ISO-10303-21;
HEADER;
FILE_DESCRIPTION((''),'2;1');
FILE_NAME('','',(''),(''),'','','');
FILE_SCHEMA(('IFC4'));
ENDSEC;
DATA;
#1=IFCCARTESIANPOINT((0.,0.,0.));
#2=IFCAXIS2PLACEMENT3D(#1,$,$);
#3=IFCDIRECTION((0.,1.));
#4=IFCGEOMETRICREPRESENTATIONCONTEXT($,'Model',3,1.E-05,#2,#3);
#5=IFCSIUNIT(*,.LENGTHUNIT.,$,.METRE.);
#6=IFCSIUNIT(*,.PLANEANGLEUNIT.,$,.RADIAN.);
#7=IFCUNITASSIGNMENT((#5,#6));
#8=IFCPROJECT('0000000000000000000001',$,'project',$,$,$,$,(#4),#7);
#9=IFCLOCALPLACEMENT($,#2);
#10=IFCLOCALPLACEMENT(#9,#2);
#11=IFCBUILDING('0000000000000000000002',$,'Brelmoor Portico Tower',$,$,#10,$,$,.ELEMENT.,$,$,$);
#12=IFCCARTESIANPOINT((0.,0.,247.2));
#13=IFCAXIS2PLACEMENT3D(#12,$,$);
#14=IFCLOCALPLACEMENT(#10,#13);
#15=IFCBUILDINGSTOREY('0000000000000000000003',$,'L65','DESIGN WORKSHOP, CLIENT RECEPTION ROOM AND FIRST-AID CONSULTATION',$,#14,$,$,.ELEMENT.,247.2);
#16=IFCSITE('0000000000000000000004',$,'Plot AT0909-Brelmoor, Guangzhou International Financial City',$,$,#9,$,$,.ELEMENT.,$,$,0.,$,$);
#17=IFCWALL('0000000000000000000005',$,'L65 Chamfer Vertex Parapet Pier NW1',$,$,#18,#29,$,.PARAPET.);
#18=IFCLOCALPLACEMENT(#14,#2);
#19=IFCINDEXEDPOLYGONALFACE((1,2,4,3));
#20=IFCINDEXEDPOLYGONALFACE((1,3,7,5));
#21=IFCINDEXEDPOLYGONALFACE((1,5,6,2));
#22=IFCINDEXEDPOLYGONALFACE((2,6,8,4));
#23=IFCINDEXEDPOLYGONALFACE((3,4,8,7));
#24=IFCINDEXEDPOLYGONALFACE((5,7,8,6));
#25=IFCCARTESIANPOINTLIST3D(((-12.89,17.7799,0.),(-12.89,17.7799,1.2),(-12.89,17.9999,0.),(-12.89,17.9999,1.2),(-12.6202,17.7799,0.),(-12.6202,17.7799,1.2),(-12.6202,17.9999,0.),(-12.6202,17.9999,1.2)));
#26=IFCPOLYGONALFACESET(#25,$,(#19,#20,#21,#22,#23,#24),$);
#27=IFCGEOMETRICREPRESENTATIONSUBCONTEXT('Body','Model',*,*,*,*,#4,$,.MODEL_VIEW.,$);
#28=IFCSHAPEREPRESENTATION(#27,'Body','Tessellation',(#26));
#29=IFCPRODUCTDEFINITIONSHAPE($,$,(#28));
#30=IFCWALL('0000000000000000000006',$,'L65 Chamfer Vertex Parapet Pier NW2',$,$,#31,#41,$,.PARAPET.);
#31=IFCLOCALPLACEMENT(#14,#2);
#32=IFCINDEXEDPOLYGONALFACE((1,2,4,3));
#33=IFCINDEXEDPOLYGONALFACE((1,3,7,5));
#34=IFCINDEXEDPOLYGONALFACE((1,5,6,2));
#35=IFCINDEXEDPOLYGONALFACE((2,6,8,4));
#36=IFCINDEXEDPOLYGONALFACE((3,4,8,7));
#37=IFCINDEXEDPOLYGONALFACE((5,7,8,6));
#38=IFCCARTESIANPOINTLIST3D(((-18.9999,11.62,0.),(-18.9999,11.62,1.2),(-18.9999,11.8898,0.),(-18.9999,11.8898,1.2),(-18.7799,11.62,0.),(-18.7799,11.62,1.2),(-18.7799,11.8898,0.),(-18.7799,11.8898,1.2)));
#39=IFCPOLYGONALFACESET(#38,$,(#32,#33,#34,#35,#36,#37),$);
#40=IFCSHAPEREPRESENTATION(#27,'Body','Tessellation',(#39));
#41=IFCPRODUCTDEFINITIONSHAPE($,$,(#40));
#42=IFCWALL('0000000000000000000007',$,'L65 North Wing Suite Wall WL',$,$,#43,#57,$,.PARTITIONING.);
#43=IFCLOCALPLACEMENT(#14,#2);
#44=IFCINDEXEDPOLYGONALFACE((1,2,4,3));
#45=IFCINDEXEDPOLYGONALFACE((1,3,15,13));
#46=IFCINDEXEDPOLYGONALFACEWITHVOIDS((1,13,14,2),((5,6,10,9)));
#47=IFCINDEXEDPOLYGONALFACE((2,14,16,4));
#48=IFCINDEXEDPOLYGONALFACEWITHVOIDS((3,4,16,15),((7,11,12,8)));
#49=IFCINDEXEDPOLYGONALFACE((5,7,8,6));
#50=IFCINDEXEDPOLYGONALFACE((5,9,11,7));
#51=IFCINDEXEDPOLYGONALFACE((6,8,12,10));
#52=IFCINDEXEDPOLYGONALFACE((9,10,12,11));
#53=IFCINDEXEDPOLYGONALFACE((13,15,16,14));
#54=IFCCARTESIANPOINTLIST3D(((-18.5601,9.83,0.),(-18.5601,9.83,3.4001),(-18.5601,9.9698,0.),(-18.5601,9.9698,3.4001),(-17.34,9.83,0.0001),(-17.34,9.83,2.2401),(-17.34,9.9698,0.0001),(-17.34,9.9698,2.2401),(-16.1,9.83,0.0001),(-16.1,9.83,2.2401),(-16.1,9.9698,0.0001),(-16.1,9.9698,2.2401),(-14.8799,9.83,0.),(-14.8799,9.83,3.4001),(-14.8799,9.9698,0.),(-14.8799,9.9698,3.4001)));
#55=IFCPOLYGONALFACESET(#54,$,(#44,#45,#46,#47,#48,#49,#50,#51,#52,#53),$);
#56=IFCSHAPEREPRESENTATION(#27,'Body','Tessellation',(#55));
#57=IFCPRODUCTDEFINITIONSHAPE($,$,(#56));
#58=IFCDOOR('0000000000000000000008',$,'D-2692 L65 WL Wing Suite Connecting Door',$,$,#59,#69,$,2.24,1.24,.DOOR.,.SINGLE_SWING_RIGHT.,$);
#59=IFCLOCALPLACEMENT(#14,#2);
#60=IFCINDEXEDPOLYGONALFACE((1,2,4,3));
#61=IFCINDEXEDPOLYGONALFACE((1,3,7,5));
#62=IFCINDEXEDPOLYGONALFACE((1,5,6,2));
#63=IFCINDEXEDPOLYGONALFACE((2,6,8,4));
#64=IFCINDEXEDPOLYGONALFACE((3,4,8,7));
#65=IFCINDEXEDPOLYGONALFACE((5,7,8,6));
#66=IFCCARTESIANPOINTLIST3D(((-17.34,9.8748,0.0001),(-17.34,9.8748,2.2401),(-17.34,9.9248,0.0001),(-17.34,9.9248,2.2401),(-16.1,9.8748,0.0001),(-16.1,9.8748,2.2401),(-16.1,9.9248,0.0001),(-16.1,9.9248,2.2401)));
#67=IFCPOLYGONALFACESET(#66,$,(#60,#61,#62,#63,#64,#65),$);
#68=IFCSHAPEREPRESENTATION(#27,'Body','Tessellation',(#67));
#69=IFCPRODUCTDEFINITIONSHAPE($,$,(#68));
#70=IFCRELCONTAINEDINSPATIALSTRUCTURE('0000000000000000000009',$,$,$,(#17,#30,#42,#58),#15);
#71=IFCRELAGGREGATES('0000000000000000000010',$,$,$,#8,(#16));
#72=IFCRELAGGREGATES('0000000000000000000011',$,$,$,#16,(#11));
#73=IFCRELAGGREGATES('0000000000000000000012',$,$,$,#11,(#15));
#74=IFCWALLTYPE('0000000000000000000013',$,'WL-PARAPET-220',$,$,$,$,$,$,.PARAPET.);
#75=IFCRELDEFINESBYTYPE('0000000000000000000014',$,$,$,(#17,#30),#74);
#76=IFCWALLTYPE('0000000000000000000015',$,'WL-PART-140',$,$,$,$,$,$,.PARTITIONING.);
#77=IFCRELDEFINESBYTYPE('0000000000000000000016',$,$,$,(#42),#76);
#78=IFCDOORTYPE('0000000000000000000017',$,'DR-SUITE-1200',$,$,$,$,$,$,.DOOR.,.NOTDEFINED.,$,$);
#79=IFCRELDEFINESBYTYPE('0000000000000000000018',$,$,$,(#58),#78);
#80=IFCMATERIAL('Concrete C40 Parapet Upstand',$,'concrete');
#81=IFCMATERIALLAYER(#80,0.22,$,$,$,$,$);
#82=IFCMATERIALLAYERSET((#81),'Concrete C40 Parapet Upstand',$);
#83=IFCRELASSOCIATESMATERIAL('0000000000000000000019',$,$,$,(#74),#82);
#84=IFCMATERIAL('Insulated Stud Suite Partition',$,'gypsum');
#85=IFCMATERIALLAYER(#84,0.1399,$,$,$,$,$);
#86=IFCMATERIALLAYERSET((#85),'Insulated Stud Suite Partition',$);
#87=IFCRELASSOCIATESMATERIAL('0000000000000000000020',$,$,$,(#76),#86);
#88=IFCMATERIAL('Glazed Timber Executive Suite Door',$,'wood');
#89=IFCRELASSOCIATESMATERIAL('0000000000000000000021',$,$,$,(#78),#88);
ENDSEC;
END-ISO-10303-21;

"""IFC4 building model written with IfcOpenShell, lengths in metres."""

from ifc_helpers import new_model, si_unit, direction, frame, frame_2d, origin, place, context, subcontext, project, spatial, rectangle, extrude, material, layer, layer_set, type_object, element, fill, save


model = new_model("IFC4")

# Units and contexts
model_context = context("Model", 3, precision=1e-05, world=origin(), true_north=direction((0.0, 1.0)))
body_context = subcontext(model_context, "Body", "Model", "MODEL_VIEW")
ifc_project = project(units=[si_unit("LENGTHUNIT", "METRE"), si_unit("PLANEANGLEUNIT", "RADIAN")], contexts=[model_context])

# Site, building, storey
site_placement = place(None, origin())
site = spatial("IfcSite", under=ifc_project, at=site_placement, Name="Plot AT0909-Brelmoor, Guangzhou International Financial City", CompositionType="ELEMENT", RefElevation=0.0)
building_placement = place(site_placement, origin())
building = spatial("IfcBuilding", under=site, at=building_placement, Name="Brelmoor Portico Tower", CompositionType="ELEMENT")
storey_placement = place(building_placement, frame((0.0, 0.0, 247.2)))
storey = spatial("IfcBuildingStorey", under=building, at=storey_placement, Name="L65", Description="DESIGN WORKSHOP, CLIENT RECEPTION ROOM AND FIRST-AID CONSULTATION", CompositionType="ELEMENT", Elevation=247.2)

# Walls
ifc_material_1 = material(Name="Concrete C40 Parapet Upstand", Category="concrete")
ifc_layer_1 = layer(ifc_material_1, 0.22)
ifc_layer_set_1 = layer_set([ifc_layer_1], Name="Concrete C40 Parapet Upstand")
wall_type_1 = type_object("IfcWallType", Name="WL-PARAPET-220", PredefinedType="PARAPET", material=ifc_layer_set_1)
for number, where, z_axis, x_axis, name in (
    (1, (-12.8899, 17.8899, 0.0), (0.0, 0.0, 1.0), (1.0, 0.0, 0.0), "L65 Chamfer Vertex Parapet Pier NW1"),
    (2, (-18.8899, 11.6201, 0.0), (0.0, 0.0, 1.0), (0.0, 1.0, 0.0), "L65 Chamfer Vertex Parapet Pier NW2"),
):
    element("IfcWall", number, at=place(storey_placement, frame(where, z_axis=z_axis, x_axis=x_axis)), inside=storey, type_object=wall_type_1, Name=name, PredefinedType="PARAPET", context=body_context, shape_type="SweptSolid", body=[
        extrude(rectangle(XDim=0.2698, YDim=0.22, at=frame_2d((0.1348, 0.0))), origin(), (0.0, 0.0, 1.0), 1.2),
    ])

# Wall, opening, door
ifc_material_2 = material(Name="Insulated Stud Suite Partition", Category="gypsum")
ifc_layer_2 = layer(ifc_material_2, 0.1399)
ifc_layer_set_2 = layer_set([ifc_layer_2], Name="Insulated Stud Suite Partition")
wall_type_2 = type_object("IfcWallType", Name="WL-PART-140", PredefinedType="PARTITIONING", material=ifc_layer_set_2)
wall_1_placement = place(storey_placement, frame((-18.5601, 9.8999, 0.0), z_axis=(0.0, 0.0, 1.0), x_axis=(1.0, 0.0, 0.0)))
wall_1 = element("IfcWall", 3, at=wall_1_placement, inside=storey, type_object=wall_type_2, Name="L65 North Wing Suite Wall WL", PredefinedType="PARTITIONING", context=body_context, shape_type="SweptSolid", body=[
    extrude(rectangle(XDim=3.6802, YDim=0.1399, at=frame_2d((1.8401, 0.0))), origin(), (0.0, 0.0, 1.0), 3.4001),
])
opening_placement = place(wall_1_placement, frame((1.22, 0.0, 0.0)))
opening = element("IfcOpeningElement", 4, at=opening_placement, cuts=wall_1, PredefinedType="OPENING", context=body_context, shape_type="SweptSolid", body=[
    extrude(rectangle(XDim=1.24, YDim=2.24, at=frame_2d((0.6201, 1.1201))), frame((0.0, 0.0798, 0.0), z_axis=(0.0, -1.0, 0.0), x_axis=(1.0, 0.0, 0.0)), (0.0, 0.0, 1.0), 0.1599),
])
ifc_material_3 = material(Name="Glazed Timber Executive Suite Door", Category="wood")
door_type = type_object("IfcDoorType", Name="DR-SUITE-1200", OperationType="NOTDEFINED", PredefinedType="DOOR", material=ifc_material_3)
door_placement = place(opening_placement, origin())
door = element("IfcDoor", 5, at=door_placement, inside=storey, type_object=door_type, Name="D-2692 L65 WL Wing Suite Connecting Door", OperationType="SINGLE_SWING_RIGHT", OverallHeight=2.24, OverallWidth=1.24, PredefinedType="DOOR", context=body_context, shape_type="SweptSolid", body=[
    extrude(rectangle(XDim=1.24, YDim=2.24, at=frame_2d((0.6201, 1.1201))), frame((0.0, 0.0249, 0.0), z_axis=(0.0, -1.0, 0.0), x_axis=(1.0, 0.0, 0.0)), (0.0, 0.0, 1.0), 0.05),
])
fill(opening, door)

save(model, "model.ifc")
